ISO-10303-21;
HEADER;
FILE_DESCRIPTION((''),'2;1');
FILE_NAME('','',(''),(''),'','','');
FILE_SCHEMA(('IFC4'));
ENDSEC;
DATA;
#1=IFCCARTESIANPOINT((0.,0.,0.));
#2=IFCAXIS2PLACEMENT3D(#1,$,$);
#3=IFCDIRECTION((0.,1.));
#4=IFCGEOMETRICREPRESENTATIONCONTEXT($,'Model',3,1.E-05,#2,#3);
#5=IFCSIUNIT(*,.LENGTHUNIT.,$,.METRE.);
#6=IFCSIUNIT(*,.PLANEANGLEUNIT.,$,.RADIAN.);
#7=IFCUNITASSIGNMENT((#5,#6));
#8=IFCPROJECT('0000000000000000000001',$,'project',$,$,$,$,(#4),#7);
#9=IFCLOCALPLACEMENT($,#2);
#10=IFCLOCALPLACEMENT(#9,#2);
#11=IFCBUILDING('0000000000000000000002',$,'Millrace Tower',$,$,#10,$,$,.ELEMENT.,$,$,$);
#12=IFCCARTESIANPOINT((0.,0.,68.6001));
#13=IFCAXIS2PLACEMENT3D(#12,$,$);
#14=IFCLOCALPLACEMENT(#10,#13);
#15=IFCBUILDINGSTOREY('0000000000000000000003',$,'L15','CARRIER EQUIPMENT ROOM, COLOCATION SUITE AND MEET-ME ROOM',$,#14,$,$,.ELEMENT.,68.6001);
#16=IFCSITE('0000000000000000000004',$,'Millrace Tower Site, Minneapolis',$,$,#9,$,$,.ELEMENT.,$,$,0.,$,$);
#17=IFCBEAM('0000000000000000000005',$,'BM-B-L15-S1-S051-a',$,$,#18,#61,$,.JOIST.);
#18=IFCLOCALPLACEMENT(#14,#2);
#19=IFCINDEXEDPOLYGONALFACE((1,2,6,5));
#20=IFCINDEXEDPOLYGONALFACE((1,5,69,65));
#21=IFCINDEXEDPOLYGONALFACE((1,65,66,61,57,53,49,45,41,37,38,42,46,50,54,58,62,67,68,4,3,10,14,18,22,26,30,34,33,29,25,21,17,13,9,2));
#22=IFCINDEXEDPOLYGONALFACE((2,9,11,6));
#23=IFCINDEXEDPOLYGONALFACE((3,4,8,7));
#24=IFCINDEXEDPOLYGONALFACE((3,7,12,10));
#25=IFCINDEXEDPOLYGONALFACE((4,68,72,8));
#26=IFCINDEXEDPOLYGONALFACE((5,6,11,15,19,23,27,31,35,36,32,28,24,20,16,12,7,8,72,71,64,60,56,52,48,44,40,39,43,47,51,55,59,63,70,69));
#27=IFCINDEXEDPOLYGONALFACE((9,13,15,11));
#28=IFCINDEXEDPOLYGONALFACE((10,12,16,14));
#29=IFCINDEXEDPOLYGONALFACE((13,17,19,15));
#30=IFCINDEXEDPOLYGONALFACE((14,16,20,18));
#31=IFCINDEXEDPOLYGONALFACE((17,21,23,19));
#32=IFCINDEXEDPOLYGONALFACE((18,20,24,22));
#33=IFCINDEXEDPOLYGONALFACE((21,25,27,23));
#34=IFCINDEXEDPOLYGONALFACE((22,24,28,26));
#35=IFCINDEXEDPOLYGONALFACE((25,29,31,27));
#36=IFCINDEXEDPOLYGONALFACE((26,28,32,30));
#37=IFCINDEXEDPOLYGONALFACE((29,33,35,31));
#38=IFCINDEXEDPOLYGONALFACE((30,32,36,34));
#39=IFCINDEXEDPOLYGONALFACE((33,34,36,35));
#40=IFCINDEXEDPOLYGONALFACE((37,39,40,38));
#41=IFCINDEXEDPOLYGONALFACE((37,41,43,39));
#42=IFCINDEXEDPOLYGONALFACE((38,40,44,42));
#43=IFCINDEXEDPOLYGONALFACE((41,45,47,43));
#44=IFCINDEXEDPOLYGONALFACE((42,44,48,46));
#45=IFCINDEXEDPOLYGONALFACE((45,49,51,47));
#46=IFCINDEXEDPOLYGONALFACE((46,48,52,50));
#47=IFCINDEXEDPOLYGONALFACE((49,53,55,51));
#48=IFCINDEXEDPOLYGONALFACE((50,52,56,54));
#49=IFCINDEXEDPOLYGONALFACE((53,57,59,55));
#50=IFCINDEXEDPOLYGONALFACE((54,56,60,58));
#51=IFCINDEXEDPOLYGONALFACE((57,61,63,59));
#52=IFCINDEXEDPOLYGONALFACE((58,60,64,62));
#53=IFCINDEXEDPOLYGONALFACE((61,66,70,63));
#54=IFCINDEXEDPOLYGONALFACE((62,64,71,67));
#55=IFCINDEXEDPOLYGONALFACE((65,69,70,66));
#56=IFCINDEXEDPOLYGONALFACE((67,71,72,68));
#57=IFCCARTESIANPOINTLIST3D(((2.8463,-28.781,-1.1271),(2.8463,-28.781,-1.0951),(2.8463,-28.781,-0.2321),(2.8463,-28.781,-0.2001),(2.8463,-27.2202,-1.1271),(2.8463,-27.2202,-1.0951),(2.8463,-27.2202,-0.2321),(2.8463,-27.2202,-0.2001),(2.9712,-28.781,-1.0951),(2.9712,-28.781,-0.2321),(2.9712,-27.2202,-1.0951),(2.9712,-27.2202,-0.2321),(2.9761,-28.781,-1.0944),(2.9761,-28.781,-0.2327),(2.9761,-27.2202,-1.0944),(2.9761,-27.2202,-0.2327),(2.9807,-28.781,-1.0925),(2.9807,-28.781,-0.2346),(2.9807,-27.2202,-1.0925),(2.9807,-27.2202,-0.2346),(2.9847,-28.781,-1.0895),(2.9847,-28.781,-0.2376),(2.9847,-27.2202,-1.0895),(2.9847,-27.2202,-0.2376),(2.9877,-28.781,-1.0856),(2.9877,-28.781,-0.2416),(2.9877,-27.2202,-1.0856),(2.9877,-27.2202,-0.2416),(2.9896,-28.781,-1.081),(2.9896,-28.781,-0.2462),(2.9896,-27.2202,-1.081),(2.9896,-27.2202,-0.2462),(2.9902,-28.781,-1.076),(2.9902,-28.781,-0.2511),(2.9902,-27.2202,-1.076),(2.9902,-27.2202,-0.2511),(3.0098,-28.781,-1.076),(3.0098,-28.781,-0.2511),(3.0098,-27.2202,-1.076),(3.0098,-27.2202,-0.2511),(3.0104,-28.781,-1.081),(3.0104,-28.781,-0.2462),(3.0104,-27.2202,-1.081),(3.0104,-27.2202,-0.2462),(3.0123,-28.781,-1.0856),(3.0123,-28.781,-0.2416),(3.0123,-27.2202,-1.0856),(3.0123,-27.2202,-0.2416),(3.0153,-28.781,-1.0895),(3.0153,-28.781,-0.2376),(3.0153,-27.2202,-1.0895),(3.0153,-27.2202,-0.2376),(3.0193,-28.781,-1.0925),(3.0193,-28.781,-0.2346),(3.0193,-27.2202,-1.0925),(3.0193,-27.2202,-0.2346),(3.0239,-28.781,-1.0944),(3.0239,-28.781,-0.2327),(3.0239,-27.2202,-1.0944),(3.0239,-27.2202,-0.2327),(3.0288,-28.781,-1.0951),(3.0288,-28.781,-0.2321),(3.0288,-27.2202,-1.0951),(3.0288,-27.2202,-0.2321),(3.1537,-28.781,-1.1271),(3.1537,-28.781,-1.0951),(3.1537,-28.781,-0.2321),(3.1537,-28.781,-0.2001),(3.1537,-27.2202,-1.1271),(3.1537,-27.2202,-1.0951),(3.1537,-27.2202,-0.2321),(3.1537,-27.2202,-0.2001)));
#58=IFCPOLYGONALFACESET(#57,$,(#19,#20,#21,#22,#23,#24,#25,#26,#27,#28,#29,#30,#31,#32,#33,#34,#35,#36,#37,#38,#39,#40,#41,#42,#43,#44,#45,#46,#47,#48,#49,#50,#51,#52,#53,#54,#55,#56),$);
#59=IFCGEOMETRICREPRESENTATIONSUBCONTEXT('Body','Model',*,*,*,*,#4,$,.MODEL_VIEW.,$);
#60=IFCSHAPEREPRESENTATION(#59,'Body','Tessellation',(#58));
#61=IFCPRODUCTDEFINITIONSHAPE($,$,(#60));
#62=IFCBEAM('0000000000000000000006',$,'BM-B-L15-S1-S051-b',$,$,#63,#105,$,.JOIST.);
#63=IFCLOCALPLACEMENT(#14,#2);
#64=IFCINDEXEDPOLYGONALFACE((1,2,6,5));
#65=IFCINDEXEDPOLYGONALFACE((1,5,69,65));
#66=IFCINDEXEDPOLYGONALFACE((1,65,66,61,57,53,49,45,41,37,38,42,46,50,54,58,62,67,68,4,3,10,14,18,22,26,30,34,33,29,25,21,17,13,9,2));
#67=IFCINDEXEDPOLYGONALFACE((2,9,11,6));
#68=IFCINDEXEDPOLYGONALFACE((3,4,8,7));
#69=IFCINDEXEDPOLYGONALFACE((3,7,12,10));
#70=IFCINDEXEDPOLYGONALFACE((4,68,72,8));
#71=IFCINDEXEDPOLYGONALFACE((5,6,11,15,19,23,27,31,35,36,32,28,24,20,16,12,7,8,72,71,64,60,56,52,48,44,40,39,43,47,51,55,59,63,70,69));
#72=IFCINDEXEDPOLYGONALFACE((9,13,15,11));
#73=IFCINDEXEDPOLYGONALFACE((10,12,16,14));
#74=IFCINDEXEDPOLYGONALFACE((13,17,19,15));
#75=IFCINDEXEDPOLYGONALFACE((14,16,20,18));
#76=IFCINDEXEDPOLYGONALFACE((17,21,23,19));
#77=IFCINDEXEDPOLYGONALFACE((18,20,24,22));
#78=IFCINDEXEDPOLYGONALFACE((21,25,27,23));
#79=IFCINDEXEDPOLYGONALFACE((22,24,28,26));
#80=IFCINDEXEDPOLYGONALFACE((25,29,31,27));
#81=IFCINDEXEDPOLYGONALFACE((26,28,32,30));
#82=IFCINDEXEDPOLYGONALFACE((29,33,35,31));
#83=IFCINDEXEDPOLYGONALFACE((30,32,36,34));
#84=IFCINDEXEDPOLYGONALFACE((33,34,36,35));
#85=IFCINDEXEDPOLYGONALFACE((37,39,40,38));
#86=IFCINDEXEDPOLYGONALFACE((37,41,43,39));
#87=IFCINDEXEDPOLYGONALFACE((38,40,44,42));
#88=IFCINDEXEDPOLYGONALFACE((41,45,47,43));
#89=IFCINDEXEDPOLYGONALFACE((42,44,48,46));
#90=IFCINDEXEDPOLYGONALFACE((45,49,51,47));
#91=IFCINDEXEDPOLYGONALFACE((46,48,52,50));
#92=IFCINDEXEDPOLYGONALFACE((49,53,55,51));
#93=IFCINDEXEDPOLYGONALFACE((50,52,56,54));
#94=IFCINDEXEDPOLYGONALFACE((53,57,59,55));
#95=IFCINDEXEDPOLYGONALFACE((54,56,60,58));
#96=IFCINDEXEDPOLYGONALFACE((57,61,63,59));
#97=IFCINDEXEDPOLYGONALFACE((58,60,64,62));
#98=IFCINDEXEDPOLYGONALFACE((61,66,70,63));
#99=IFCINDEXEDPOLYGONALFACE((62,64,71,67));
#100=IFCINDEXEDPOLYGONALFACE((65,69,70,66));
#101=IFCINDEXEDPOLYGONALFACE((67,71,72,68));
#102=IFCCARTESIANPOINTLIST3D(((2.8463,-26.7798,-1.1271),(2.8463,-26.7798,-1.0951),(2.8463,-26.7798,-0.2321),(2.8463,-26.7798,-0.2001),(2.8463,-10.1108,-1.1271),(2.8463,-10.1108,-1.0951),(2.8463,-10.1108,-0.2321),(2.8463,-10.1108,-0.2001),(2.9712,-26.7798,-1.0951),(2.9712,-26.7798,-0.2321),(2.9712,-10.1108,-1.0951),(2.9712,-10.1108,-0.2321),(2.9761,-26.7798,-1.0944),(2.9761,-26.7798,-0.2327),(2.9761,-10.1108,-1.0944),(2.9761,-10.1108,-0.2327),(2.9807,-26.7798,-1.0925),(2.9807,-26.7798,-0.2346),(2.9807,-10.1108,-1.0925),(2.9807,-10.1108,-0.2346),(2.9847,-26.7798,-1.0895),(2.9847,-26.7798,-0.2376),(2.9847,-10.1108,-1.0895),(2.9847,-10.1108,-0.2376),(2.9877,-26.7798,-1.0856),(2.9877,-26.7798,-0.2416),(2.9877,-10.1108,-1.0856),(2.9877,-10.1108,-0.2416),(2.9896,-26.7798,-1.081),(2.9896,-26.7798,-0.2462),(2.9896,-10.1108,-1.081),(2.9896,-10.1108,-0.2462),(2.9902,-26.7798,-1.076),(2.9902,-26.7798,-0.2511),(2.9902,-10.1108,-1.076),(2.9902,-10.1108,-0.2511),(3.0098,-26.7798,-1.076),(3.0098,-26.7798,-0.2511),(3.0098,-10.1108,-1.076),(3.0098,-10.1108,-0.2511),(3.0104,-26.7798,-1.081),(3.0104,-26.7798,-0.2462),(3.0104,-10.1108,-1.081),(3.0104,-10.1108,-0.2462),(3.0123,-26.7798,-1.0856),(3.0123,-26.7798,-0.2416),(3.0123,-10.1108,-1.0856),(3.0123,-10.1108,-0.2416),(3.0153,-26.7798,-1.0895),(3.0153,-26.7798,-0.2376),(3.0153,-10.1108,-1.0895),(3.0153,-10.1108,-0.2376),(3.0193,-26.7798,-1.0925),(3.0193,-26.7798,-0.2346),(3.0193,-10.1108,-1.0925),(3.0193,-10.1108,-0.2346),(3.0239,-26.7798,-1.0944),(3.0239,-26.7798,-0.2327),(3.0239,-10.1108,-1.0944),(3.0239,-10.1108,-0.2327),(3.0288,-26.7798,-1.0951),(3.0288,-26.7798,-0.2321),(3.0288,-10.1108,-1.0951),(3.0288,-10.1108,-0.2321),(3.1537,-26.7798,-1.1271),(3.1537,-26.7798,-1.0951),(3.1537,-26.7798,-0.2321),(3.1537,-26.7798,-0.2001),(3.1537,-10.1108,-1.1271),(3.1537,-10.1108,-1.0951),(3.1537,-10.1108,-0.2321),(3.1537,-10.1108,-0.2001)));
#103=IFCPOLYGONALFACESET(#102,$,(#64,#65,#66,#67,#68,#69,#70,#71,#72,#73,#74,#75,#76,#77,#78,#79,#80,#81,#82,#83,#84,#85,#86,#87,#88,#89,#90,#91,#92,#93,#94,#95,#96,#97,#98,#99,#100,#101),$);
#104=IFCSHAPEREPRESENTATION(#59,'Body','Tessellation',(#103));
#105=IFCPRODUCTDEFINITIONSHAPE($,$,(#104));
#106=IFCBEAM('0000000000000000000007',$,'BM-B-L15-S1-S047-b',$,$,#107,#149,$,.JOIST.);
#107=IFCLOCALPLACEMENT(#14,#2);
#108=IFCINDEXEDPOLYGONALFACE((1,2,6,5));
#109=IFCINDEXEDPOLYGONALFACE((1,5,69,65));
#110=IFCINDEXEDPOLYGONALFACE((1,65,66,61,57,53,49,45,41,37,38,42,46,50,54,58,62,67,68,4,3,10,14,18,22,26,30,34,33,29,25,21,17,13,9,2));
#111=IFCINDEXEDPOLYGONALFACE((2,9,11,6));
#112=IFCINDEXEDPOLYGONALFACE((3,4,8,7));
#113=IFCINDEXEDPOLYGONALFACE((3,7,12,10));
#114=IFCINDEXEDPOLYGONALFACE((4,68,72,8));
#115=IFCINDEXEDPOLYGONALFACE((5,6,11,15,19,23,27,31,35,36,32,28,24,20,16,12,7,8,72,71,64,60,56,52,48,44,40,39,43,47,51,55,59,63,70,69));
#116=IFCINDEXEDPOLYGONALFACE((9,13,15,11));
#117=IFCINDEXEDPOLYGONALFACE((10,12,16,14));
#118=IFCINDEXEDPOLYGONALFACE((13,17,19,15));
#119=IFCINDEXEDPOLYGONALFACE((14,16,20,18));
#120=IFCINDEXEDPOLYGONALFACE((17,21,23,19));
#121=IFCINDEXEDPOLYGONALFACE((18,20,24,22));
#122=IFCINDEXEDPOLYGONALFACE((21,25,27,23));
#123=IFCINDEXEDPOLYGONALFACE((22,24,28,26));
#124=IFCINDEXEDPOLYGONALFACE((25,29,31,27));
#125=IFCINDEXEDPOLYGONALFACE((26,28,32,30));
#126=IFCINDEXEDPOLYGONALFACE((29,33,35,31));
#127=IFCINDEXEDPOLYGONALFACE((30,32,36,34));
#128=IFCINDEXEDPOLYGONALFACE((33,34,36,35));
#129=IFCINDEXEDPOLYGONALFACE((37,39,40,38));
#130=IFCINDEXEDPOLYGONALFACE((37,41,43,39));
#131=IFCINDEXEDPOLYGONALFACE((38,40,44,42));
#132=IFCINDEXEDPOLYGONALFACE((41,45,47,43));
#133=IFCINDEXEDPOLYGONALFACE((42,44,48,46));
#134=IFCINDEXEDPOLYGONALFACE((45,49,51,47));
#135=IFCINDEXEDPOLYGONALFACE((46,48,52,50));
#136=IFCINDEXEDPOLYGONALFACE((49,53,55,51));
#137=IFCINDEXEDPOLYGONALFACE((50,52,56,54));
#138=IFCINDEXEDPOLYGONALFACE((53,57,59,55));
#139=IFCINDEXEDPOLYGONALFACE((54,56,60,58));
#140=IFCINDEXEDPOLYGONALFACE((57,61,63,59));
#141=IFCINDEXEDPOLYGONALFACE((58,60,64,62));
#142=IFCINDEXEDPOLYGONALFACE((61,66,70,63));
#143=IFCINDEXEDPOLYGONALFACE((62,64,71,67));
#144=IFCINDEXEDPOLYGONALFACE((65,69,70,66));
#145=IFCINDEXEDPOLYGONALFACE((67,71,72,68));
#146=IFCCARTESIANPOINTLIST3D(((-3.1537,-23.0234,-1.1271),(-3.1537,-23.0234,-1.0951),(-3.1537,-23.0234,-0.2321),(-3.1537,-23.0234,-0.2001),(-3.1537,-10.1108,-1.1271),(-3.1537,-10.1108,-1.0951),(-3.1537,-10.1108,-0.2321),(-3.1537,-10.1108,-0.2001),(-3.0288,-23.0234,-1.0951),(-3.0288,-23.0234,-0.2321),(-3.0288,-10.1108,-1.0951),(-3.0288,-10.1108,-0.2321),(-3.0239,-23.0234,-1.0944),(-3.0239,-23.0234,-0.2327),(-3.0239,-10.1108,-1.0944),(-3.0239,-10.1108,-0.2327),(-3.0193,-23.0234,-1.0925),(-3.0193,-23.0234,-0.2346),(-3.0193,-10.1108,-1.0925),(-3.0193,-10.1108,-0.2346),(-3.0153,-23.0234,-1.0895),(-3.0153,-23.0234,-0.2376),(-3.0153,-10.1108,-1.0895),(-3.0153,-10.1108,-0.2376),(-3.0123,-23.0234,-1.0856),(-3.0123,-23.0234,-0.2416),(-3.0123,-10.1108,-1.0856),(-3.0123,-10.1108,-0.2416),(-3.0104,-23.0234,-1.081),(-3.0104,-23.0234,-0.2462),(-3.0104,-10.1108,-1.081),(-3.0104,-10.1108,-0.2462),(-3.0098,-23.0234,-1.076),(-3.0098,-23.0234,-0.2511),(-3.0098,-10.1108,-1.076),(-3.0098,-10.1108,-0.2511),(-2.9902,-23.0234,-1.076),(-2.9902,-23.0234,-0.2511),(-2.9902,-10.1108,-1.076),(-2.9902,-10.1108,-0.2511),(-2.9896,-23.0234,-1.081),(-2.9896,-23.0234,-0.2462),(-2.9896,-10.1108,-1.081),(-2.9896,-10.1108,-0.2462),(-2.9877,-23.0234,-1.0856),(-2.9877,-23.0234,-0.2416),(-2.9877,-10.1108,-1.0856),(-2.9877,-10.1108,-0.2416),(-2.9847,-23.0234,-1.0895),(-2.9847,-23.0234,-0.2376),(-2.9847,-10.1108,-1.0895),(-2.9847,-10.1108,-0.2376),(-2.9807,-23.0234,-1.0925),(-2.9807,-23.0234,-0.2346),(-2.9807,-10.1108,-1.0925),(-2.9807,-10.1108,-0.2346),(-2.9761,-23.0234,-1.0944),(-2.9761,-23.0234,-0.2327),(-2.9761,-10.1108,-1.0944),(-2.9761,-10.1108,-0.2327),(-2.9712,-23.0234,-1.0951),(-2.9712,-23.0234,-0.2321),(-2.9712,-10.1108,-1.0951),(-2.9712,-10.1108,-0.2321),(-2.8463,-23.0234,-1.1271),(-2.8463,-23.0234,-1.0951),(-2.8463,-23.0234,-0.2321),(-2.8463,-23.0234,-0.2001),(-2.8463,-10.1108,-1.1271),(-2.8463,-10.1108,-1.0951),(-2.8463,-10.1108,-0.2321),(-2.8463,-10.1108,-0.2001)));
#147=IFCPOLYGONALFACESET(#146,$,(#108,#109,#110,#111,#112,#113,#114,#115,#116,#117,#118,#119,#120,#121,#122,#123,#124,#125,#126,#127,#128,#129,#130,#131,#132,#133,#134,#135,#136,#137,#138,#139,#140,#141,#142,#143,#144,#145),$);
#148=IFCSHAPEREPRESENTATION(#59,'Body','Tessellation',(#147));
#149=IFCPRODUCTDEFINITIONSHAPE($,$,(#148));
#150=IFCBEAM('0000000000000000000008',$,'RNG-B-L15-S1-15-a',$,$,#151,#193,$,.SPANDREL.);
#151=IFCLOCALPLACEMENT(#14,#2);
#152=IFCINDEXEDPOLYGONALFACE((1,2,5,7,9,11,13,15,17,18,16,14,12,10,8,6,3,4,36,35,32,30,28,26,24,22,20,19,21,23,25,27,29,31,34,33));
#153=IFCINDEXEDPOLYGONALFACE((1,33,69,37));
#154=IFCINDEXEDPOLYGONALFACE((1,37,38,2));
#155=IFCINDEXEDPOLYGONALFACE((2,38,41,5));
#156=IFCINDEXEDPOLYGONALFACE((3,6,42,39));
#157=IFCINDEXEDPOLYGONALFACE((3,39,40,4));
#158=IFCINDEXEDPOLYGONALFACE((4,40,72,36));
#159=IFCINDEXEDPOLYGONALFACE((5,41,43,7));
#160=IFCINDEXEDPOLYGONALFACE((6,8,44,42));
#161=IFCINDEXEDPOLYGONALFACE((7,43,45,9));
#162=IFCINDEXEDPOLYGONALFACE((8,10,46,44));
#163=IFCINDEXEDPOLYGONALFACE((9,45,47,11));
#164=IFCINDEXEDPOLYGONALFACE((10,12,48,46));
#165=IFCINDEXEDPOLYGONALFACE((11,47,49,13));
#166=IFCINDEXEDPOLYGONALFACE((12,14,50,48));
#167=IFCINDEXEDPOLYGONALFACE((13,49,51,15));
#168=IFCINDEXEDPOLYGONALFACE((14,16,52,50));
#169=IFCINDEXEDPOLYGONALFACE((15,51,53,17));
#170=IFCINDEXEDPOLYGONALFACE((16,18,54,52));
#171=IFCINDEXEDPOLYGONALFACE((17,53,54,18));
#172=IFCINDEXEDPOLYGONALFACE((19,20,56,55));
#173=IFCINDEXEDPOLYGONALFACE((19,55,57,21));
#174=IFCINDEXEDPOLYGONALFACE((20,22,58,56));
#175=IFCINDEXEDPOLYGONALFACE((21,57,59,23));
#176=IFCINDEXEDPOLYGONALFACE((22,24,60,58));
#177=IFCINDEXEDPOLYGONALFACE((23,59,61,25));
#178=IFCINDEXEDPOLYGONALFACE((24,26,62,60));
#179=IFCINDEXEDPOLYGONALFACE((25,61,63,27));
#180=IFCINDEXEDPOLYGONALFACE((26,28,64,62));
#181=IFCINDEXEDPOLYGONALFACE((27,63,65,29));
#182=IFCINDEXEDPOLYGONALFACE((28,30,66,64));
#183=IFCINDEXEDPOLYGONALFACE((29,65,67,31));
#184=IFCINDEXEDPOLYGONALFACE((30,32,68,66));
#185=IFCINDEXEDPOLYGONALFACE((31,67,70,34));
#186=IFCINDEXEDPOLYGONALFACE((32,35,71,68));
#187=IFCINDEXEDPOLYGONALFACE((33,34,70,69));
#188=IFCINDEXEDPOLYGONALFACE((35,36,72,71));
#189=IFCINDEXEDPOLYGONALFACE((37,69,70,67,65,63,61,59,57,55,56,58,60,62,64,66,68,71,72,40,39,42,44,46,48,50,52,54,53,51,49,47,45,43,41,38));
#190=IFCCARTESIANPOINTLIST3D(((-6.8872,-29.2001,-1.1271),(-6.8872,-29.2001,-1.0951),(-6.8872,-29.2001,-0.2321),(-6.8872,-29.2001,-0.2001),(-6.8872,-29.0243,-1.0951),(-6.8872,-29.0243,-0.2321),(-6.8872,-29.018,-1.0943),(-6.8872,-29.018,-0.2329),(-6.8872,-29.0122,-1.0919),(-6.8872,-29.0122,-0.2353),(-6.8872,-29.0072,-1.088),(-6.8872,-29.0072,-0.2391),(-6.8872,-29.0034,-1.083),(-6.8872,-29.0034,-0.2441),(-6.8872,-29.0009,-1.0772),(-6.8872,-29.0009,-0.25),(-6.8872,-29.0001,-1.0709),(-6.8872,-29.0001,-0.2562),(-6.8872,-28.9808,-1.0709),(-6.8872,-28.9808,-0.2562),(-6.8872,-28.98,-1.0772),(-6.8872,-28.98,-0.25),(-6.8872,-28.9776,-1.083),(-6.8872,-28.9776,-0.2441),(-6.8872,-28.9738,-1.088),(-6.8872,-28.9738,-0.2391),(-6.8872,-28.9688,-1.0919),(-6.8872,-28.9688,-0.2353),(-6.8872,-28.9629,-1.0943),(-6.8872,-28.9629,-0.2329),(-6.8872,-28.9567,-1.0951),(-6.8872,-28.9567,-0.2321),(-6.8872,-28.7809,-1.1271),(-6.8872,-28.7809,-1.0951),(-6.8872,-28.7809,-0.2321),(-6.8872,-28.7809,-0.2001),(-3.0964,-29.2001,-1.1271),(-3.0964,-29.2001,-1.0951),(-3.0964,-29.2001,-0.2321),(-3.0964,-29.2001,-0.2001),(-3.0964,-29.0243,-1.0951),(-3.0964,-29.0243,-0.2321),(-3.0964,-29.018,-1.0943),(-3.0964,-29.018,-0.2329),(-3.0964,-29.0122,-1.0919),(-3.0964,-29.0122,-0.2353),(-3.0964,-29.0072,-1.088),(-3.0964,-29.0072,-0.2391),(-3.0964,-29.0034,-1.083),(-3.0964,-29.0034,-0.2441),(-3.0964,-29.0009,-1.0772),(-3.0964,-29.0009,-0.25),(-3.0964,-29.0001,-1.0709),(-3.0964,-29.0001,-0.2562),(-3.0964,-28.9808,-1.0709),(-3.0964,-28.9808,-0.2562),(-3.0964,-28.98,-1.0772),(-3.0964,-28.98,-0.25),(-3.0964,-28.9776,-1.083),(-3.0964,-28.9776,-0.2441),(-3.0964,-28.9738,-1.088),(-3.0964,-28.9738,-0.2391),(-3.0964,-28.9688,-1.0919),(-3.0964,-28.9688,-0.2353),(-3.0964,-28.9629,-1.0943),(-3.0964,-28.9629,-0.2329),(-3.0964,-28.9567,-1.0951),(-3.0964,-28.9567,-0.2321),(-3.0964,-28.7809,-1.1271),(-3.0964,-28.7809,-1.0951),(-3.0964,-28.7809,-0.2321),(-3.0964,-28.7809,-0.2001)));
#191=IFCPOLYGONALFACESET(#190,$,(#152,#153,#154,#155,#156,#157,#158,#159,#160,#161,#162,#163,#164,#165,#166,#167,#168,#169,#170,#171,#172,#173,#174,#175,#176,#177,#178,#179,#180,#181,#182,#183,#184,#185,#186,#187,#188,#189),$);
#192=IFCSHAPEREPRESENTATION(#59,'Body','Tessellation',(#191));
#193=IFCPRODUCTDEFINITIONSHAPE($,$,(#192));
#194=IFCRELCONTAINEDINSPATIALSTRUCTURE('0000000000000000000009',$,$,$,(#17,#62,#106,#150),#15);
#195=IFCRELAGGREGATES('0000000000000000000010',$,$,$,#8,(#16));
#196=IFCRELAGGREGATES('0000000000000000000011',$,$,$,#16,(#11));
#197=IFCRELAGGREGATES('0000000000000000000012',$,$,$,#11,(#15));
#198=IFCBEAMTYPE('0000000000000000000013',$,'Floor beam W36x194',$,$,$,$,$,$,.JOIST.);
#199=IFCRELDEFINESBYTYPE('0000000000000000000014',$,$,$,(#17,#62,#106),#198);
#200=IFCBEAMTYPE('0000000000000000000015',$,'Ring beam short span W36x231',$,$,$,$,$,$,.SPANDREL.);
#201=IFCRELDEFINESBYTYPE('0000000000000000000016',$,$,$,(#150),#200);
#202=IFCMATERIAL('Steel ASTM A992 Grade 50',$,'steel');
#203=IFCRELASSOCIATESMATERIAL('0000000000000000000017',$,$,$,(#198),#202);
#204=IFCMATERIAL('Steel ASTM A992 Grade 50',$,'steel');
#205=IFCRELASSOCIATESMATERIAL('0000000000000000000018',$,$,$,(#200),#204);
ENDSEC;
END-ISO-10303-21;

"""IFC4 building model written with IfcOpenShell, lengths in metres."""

from ifc_helpers import new_model, si_unit, direction, frame, origin, origin_2d, place, context, subcontext, project, spatial, i_section, extrude, material, material_profile, profile_set, type_object, element, save


model = new_model("IFC4")

# Units and contexts
model_context = context("Model", 3, precision=1e-05, world=origin(), true_north=direction((0.0, 1.0)))
body_context = subcontext(model_context, "Body", "Model", "MODEL_VIEW")
ifc_project = project(units=[si_unit("LENGTHUNIT", "METRE"), si_unit("PLANEANGLEUNIT", "RADIAN")], contexts=[model_context])

# Site, building, storey
site_placement = place(None, origin())
site = spatial("IfcSite", under=ifc_project, at=site_placement, Name="Millrace Tower Site, Minneapolis", CompositionType="ELEMENT", RefElevation=0.0)
building_placement = place(site_placement, origin())
building = spatial("IfcBuilding", under=site, at=building_placement, Name="Millrace Tower", CompositionType="ELEMENT")
storey_placement = place(building_placement, frame((0.0, 0.0, 68.6001)))
storey = spatial("IfcBuildingStorey", under=building, at=storey_placement, Name="L15", Description="CARRIER EQUIPMENT ROOM, COLOCATION SUITE AND MEET-ME ROOM", CompositionType="ELEMENT", Elevation=68.6001)

# Beams
ifc_material_1 = material(Name="Steel ASTM A992 Grade 50", Category="steel")
ifc_material_profile_1 = material_profile(ifc_material_1, i_section(OverallWidth=0.3074, OverallDepth=0.927, WebThickness=0.0195, FlangeThickness=0.032, FilletRadius=0.019, at=origin_2d()))
ifc_profile_set_1 = profile_set([ifc_material_profile_1], Name="Steel ASTM A992 Grade 50")
beam_type_1 = type_object("IfcBeamType", Name="Floor beam W36x194", PredefinedType="JOIST", material=ifc_profile_set_1)
beam_1_placement = place(storey_placement, frame((3.0, -28.781, -0.6636), z_axis=(0.0, 1.0, 0.0), x_axis=(-1.0, 0.0, 0.0)))
element("IfcBeam", 1, at=beam_1_placement, inside=storey, type_object=beam_type_1, Name="BM-B-L15-S1-S051-a", PredefinedType="JOIST", context=body_context, shape_type="SweptSolid", body=[
    extrude(i_section(OverallWidth=0.3074, OverallDepth=0.927, WebThickness=0.0195, FlangeThickness=0.032, FilletRadius=0.019, at=origin_2d()), origin(), (0.0, 0.0, 1.0), 1.5608),
])
beam_2_placement = place(storey_placement, frame((3.0, -26.7798, -0.6636), z_axis=(0.0, 1.0, 0.0), x_axis=(-1.0, 0.0, 0.0)))
element("IfcBeam", 2, at=beam_2_placement, inside=storey, type_object=beam_type_1, Name="BM-B-L15-S1-S051-b", PredefinedType="JOIST", context=body_context, shape_type="SweptSolid", body=[
    extrude(i_section(OverallWidth=0.3074, OverallDepth=0.927, WebThickness=0.0195, FlangeThickness=0.032, FilletRadius=0.019, at=origin_2d()), origin(), (0.0, 0.0, 1.0), 16.6689),
])
beam_3_placement = place(storey_placement, frame((-3.0, -23.0234, -0.6636), z_axis=(0.0, 1.0, 0.0), x_axis=(-1.0, 0.0, 0.0)))
element("IfcBeam", 3, at=beam_3_placement, inside=storey, type_object=beam_type_1, Name="BM-B-L15-S1-S047-b", PredefinedType="JOIST", context=body_context, shape_type="SweptSolid", body=[
    extrude(i_section(OverallWidth=0.3074, OverallDepth=0.927, WebThickness=0.0195, FlangeThickness=0.032, FilletRadius=0.019, at=origin_2d()), origin(), (0.0, 0.0, 1.0), 12.9126),
])
ifc_material_2 = material(Name="Steel ASTM A992 Grade 50", Category="steel")
ifc_material_profile_2 = material_profile(ifc_material_2, i_section(OverallWidth=0.4192, OverallDepth=0.927, WebThickness=0.0193, FlangeThickness=0.032, FilletRadius=0.0242, at=origin_2d()))
ifc_profile_set_2 = profile_set([ifc_material_profile_2], Name="Steel ASTM A992 Grade 50")
beam_type_2 = type_object("IfcBeamType", Name="Ring beam short span W36x231", PredefinedType="SPANDREL", material=ifc_profile_set_2)
beam_4_placement = place(storey_placement, frame((-3.0964, -28.9905, -0.6636), z_axis=(-1.0, 0.0, 0.0), x_axis=(0.0, -1.0, 0.0)))
element("IfcBeam", 4, at=beam_4_placement, inside=storey, type_object=beam_type_2, Name="RNG-B-L15-S1-15-a", PredefinedType="SPANDREL", context=body_context, shape_type="SweptSolid", body=[
    extrude(i_section(OverallWidth=0.4192, OverallDepth=0.927, WebThickness=0.0193, FlangeThickness=0.032, FilletRadius=0.0242, at=origin_2d()), origin(), (0.0, 0.0, 1.0), 3.7908),
])

save(model, "model.ifc")
